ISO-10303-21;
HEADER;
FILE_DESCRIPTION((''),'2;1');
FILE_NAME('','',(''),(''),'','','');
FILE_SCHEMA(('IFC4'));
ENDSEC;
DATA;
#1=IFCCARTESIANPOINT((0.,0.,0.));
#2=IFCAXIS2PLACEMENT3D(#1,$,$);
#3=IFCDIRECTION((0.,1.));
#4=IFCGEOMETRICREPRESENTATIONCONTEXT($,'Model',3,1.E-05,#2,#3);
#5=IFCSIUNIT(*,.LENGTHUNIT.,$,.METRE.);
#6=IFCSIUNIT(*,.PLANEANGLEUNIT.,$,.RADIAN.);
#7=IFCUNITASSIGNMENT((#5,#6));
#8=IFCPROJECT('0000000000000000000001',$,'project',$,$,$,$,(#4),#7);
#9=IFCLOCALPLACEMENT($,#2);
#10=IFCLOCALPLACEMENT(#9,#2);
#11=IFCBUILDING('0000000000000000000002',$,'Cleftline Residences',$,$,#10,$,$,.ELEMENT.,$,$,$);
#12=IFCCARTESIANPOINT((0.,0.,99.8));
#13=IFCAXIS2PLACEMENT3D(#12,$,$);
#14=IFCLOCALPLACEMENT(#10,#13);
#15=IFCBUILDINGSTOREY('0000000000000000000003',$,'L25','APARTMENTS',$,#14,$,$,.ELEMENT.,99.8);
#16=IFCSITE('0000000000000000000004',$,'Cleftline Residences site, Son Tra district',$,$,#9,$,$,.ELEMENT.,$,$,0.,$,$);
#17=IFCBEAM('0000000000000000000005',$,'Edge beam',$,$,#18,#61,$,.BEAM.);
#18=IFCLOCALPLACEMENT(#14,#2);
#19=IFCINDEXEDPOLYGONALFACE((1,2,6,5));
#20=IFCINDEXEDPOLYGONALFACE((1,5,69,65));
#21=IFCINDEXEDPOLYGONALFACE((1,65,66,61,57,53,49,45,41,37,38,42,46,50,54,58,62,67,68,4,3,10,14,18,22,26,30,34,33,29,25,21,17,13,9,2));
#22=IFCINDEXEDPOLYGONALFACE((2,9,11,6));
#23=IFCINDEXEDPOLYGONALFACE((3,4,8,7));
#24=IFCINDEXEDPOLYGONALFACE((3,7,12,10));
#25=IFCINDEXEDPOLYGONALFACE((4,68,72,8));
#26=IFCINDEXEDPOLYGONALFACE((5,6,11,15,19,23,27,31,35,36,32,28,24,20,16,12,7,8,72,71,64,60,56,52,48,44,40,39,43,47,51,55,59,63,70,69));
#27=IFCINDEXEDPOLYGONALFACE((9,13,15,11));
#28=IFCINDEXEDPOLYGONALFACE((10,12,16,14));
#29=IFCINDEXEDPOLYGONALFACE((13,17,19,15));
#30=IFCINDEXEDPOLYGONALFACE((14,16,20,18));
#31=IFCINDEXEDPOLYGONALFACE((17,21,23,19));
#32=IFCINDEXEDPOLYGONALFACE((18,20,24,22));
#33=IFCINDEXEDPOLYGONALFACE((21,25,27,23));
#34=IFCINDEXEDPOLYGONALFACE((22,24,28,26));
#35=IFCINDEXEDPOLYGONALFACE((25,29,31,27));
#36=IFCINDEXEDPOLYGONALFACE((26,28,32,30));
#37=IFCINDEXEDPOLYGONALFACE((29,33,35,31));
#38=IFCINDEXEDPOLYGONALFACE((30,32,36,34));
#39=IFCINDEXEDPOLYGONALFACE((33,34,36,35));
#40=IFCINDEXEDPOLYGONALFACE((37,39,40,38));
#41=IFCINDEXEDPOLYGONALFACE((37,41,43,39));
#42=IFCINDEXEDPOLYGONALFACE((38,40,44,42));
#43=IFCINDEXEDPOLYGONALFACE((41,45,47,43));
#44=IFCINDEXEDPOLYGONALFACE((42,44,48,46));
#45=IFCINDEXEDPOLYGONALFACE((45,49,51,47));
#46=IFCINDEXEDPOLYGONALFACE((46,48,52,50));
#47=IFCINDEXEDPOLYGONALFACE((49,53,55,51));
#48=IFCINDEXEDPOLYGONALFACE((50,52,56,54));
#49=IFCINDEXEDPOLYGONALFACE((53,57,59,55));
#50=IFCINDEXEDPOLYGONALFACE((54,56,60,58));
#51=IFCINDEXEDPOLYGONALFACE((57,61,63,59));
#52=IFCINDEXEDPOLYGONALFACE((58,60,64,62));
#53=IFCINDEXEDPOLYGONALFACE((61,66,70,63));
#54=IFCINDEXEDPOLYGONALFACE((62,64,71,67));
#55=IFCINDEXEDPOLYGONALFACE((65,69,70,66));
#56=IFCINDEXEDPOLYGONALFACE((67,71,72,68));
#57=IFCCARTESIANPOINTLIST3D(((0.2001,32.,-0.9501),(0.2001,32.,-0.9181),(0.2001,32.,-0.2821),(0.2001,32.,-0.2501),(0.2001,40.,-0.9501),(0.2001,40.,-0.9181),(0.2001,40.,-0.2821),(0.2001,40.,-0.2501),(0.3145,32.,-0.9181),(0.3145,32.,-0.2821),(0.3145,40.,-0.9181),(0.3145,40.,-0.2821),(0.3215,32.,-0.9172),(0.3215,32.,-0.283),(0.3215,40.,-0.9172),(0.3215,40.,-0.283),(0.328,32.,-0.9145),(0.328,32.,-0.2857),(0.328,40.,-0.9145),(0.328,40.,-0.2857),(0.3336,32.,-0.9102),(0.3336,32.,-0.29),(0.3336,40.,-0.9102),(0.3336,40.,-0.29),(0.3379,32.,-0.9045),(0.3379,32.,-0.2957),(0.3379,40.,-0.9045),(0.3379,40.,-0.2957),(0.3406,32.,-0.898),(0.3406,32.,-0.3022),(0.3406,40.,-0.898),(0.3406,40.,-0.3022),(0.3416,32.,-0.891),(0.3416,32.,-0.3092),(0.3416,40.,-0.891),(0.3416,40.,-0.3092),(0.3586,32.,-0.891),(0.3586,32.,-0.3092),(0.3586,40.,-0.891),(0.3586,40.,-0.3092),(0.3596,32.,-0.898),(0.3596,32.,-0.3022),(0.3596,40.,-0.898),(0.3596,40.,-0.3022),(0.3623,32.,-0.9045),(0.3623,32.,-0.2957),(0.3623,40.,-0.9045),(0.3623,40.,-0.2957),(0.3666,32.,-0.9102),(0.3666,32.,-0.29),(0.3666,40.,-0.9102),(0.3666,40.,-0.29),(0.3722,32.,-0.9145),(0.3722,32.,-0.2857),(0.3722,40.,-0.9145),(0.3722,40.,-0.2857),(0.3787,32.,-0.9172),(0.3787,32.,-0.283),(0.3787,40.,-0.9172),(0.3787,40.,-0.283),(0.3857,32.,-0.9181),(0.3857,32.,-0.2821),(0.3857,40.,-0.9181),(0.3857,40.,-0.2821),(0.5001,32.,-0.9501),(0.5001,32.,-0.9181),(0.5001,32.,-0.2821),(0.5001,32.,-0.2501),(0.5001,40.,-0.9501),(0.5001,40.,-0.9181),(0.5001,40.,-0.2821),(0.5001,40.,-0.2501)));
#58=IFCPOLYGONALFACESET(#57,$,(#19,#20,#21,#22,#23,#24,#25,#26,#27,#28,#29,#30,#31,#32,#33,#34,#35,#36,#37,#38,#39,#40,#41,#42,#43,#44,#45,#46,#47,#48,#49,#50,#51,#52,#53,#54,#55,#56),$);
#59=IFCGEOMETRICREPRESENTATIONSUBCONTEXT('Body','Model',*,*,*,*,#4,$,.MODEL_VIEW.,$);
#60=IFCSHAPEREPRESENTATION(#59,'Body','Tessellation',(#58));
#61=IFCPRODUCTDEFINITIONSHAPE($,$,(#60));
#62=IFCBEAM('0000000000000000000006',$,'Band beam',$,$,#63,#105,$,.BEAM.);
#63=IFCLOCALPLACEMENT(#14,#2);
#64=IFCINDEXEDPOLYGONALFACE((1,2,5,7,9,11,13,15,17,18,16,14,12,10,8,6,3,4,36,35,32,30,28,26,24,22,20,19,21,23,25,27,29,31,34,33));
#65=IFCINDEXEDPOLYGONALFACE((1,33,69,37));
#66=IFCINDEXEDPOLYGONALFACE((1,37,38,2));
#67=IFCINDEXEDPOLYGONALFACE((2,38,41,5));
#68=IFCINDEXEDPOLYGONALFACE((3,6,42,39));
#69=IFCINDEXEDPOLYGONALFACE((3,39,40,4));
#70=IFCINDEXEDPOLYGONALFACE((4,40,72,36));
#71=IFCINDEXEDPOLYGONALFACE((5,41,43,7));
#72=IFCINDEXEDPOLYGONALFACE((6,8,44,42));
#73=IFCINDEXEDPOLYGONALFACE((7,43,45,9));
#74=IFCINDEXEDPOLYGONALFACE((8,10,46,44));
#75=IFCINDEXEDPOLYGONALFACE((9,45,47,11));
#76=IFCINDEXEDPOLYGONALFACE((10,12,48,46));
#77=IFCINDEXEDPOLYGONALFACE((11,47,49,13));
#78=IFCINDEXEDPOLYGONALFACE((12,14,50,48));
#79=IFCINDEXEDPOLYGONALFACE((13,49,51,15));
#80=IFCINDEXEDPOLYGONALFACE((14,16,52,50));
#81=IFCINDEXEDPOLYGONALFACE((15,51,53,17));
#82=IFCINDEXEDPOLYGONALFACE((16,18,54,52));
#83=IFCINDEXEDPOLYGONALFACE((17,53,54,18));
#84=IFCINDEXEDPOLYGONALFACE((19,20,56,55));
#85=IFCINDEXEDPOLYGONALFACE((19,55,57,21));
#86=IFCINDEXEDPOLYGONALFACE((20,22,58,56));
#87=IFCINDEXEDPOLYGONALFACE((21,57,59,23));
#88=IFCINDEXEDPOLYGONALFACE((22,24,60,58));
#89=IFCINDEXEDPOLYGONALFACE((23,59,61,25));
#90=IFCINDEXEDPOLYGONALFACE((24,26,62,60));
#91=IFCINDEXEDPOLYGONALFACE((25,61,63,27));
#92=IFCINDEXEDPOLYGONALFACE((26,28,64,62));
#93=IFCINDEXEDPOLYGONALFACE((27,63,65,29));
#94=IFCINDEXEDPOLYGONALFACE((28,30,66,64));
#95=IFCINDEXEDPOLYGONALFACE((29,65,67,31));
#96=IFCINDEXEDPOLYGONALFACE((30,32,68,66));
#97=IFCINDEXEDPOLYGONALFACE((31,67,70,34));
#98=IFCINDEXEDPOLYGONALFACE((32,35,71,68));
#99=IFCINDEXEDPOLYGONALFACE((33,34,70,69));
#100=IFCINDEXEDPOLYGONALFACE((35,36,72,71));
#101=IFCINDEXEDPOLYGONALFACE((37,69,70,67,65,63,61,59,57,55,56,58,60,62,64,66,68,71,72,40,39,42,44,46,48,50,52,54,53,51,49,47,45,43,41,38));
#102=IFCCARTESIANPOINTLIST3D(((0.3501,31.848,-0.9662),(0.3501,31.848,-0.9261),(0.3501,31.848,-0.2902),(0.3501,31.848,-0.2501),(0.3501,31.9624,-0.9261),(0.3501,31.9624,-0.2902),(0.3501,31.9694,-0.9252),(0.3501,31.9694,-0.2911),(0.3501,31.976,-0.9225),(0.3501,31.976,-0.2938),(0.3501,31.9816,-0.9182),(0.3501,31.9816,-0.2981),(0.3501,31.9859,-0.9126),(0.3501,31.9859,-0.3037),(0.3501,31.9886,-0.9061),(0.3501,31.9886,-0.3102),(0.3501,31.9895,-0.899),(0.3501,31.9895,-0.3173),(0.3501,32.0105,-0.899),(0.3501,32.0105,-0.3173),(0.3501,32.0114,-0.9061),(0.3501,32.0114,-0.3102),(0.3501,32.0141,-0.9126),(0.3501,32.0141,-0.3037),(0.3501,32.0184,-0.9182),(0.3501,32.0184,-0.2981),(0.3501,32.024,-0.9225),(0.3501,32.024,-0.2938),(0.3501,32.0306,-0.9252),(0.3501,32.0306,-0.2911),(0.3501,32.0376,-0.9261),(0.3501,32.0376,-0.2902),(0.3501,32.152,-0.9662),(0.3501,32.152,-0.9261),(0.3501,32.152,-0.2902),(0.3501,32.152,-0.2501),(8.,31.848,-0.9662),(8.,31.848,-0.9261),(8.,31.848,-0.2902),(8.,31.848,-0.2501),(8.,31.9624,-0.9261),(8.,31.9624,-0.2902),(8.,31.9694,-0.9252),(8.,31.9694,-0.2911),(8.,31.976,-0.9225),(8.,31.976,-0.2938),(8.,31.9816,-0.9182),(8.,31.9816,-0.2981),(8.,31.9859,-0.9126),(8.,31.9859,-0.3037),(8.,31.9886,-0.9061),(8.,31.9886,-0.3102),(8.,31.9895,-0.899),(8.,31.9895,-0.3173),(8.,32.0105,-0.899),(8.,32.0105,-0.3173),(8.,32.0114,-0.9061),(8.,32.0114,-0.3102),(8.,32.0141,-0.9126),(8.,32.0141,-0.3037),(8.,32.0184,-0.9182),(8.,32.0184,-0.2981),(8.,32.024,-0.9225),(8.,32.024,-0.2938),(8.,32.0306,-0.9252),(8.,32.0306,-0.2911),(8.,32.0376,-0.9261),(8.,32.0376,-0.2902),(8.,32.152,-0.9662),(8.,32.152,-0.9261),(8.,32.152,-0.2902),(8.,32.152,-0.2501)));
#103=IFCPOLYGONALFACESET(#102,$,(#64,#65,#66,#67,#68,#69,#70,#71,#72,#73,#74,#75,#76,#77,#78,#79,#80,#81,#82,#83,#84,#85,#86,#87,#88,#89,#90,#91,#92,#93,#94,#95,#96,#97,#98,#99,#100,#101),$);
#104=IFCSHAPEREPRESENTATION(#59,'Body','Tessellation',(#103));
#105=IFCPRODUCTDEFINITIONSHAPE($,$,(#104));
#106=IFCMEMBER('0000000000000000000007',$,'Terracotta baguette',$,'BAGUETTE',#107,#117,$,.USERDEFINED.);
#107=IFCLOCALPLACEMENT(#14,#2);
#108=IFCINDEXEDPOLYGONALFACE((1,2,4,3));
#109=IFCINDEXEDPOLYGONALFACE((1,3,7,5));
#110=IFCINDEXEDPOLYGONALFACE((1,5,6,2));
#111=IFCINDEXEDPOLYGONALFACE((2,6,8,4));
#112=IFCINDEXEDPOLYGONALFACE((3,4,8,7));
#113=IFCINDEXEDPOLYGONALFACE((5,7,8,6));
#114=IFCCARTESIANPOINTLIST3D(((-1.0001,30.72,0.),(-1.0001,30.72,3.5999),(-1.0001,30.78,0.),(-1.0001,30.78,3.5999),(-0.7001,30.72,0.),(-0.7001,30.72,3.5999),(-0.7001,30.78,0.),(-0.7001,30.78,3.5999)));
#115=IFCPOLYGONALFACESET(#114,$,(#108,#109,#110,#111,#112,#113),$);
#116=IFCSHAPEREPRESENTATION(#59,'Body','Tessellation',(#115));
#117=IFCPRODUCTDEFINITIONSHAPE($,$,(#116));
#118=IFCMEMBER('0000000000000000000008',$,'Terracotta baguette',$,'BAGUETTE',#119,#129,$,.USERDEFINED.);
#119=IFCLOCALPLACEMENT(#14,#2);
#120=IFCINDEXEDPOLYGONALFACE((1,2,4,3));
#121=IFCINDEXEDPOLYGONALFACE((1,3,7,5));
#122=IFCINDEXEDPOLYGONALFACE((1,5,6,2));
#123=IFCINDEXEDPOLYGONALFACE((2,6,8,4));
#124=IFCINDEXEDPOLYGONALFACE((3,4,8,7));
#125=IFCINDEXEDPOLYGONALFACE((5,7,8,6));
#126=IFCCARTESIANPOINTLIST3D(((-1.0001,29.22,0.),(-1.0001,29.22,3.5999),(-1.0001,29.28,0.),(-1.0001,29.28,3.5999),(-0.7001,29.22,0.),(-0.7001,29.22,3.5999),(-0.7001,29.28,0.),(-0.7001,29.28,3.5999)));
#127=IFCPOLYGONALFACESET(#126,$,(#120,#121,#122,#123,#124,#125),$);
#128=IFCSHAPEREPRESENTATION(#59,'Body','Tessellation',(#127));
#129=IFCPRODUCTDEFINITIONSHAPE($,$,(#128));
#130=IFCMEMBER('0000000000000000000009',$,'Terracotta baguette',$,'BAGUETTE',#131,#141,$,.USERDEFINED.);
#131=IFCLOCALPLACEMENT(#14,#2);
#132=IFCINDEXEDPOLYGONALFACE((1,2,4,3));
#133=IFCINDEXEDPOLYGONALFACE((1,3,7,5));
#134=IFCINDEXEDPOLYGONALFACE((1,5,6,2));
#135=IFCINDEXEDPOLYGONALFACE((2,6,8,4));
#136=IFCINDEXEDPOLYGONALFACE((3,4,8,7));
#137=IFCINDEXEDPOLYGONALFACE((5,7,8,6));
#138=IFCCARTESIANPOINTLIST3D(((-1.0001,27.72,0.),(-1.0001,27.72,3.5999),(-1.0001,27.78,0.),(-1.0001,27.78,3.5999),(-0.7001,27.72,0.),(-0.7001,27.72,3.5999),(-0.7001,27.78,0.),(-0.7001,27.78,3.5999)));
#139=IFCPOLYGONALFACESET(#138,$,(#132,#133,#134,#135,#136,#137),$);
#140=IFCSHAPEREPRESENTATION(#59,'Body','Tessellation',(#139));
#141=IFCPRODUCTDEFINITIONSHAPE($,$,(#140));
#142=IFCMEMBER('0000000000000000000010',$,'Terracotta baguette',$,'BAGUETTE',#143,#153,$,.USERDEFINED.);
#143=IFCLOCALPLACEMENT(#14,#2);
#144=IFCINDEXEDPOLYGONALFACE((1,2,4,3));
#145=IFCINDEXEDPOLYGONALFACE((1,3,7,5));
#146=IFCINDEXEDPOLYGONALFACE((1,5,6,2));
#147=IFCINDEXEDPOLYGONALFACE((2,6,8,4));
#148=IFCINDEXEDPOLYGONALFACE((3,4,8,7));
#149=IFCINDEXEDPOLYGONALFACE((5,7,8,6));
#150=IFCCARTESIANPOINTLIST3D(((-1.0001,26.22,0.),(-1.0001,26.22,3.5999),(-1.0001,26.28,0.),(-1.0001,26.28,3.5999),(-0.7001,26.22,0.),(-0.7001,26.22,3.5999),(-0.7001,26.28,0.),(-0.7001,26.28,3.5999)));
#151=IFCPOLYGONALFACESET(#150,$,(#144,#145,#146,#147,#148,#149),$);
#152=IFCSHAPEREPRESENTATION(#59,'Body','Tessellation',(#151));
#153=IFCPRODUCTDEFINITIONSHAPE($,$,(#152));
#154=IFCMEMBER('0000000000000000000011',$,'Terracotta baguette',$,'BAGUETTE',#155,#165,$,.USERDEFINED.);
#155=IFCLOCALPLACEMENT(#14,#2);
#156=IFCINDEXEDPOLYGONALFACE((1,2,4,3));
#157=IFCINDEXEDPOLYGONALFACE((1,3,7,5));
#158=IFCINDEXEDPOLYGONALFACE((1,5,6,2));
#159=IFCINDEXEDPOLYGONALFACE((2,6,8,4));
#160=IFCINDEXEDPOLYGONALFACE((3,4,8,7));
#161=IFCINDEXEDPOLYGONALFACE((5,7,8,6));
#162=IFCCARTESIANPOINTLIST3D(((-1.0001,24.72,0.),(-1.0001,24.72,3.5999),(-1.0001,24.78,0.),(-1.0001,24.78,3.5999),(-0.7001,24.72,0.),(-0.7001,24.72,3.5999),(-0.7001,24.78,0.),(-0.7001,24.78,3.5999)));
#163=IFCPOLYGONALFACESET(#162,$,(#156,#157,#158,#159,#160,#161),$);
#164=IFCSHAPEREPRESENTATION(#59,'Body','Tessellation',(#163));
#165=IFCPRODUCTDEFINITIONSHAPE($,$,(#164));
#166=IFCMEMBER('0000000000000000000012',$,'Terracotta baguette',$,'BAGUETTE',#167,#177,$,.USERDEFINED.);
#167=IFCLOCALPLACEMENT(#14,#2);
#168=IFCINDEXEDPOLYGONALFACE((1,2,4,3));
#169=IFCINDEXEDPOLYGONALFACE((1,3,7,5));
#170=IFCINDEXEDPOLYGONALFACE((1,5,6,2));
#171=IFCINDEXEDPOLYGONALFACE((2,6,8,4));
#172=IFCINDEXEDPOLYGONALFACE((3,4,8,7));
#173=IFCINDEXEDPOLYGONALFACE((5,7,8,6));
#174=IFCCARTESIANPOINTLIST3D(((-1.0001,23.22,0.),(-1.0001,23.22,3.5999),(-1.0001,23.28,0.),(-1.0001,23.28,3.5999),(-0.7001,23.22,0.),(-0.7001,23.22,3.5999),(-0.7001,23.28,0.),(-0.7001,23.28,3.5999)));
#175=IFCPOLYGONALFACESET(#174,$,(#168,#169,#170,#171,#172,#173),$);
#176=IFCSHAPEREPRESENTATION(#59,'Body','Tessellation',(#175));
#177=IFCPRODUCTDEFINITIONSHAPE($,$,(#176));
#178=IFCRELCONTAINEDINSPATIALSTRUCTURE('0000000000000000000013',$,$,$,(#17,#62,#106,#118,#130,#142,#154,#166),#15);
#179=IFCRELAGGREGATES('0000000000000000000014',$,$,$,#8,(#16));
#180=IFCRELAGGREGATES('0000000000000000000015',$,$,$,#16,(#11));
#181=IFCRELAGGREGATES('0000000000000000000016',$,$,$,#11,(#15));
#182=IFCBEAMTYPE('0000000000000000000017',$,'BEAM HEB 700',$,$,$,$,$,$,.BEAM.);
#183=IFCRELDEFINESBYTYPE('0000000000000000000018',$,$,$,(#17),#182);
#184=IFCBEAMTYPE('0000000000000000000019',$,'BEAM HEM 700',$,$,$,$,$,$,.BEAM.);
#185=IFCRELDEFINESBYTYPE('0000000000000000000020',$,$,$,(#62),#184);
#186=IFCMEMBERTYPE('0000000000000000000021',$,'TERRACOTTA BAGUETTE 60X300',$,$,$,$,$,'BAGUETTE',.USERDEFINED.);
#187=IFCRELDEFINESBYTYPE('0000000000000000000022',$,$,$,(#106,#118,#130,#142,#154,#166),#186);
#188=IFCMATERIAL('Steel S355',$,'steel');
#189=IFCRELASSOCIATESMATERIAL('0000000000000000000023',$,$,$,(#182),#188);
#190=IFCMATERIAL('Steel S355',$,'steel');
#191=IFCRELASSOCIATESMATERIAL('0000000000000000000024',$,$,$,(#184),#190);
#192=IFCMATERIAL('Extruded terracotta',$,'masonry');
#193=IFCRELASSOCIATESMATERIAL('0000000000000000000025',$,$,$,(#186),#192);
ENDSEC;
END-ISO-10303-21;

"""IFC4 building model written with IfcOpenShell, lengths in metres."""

from ifc_helpers import new_model, si_unit, direction, frame, origin, origin_2d, place, context, subcontext, project, spatial, rectangle, i_section, extrude, material, material_profile, profile_set, type_object, element, save


model = new_model("IFC4")

# Units and contexts
model_context = context("Model", 3, precision=1e-05, world=origin(), true_north=direction((0.0, 1.0)))
body_context = subcontext(model_context, "Body", "Model", "MODEL_VIEW")
ifc_project = project(units=[si_unit("LENGTHUNIT", "METRE"), si_unit("PLANEANGLEUNIT", "RADIAN")], contexts=[model_context])

# Site, building, storey
site_placement = place(None, origin())
site = spatial("IfcSite", under=ifc_project, at=site_placement, Name="Cleftline Residences site, Son Tra district", CompositionType="ELEMENT", RefElevation=0.0)
building_placement = place(site_placement, origin())
building = spatial("IfcBuilding", under=site, at=building_placement, Name="Cleftline Residences", CompositionType="ELEMENT")
storey_placement = place(building_placement, frame((0.0, 0.0, 99.8)))
storey = spatial("IfcBuildingStorey", under=building, at=storey_placement, Name="L25", Description="APARTMENTS", CompositionType="ELEMENT", Elevation=99.8)

# Beams
ifc_material_1 = material(Name="Steel S355", Category="steel")
ifc_material_profile_1 = material_profile(ifc_material_1, i_section(OverallWidth=0.3, OverallDepth=0.7, WebThickness=0.0171, FlangeThickness=0.032, FilletRadius=0.0271, at=origin_2d()))
ifc_profile_set_1 = profile_set([ifc_material_profile_1], Name="Steel S355")
beam_type_1 = type_object("IfcBeamType", Name="BEAM HEB 700", PredefinedType="BEAM", material=ifc_profile_set_1)
for number, where, z_axis, x_axis, name in (
    (1, (0.3501, 32.0, -0.6001), (0.0, 1.0, 0.0), (-1.0, 0.0, 0.0), "Edge beam"),
):
    element("IfcBeam", number, at=place(storey_placement, frame(where, z_axis=z_axis, x_axis=x_axis)), inside=storey, type_object=beam_type_1, Name=name, PredefinedType="BEAM", context=body_context, shape_type="SweptSolid", body=[
        extrude(i_section(OverallWidth=0.3, OverallDepth=0.7, WebThickness=0.0171, FlangeThickness=0.032, FilletRadius=0.0271, at=origin_2d()), origin(), (0.0, 0.0, 1.0), 8.0),
    ])
ifc_material_2 = material(Name="Steel S355", Category="steel")
ifc_material_profile_2 = material_profile(ifc_material_2, i_section(OverallWidth=0.304, OverallDepth=0.7161, WebThickness=0.021, FlangeThickness=0.04, FilletRadius=0.0271, at=origin_2d()))
ifc_profile_set_2 = profile_set([ifc_material_profile_2], Name="Steel S355")
beam_type_2 = type_object("IfcBeamType", Name="BEAM HEM 700", PredefinedType="BEAM", material=ifc_profile_set_2)
beam_placement = place(storey_placement, frame((0.3501, 32.0, -0.6082), z_axis=(1.0, 0.0, 0.0), x_axis=(0.0, 1.0, 0.0)))
element("IfcBeam", 2, at=beam_placement, inside=storey, type_object=beam_type_2, Name="Band beam", PredefinedType="BEAM", context=body_context, shape_type="SweptSolid", body=[
    extrude(i_section(OverallWidth=0.304, OverallDepth=0.7161, WebThickness=0.021, FlangeThickness=0.04, FilletRadius=0.0271, at=origin_2d()), origin(), (0.0, 0.0, 1.0), 7.6499),
])

# Members
ifc_material_3 = material(Name="Extruded terracotta", Category="masonry")
ifc_material_profile_3 = material_profile(ifc_material_3, rectangle(XDim=0.0601, YDim=0.3, at=origin_2d()))
ifc_profile_set_3 = profile_set([ifc_material_profile_3], Name="Extruded terracotta")
member_type_1 = type_object("IfcMemberType", Name="TERRACOTTA BAGUETTE 60X300", ElementType="BAGUETTE", PredefinedType="USERDEFINED", material=ifc_profile_set_3)
for number, where, z_axis, x_axis, name in (
    (3, (-0.8501, 30.75, 0.0), (0.0, 0.0, 1.0), (0.0, 1.0, 0.0), "Terracotta baguette"),
    (4, (-0.8501, 29.25, 0.0), (0.0, 0.0, 1.0), (0.0, 1.0, 0.0), "Terracotta baguette"),
    (5, (-0.8501, 27.75, 0.0), (0.0, 0.0, 1.0), (0.0, 1.0, 0.0), "Terracotta baguette"),
    (6, (-0.8501, 26.25, 0.0), (0.0, 0.0, 1.0), (0.0, 1.0, 0.0), "Terracotta baguette"),
    (7, (-0.8501, 24.75, 0.0), (0.0, 0.0, 1.0), (0.0, 1.0, 0.0), "Terracotta baguette"),
    (8, (-0.8501, 23.25, 0.0), (0.0, 0.0, 1.0), (0.0, 1.0, 0.0), "Terracotta baguette"),
):
    element("IfcMember", number, at=place(storey_placement, frame(where, z_axis=z_axis, x_axis=x_axis)), inside=storey, type_object=member_type_1, Name=name, ObjectType="BAGUETTE", PredefinedType="USERDEFINED", context=body_context, shape_type="SweptSolid", body=[
        extrude(rectangle(XDim=0.0601, YDim=0.3, at=origin_2d()), origin(), (0.0, 0.0, 1.0), 3.5999),
    ])

save(model, "model.ifc")
